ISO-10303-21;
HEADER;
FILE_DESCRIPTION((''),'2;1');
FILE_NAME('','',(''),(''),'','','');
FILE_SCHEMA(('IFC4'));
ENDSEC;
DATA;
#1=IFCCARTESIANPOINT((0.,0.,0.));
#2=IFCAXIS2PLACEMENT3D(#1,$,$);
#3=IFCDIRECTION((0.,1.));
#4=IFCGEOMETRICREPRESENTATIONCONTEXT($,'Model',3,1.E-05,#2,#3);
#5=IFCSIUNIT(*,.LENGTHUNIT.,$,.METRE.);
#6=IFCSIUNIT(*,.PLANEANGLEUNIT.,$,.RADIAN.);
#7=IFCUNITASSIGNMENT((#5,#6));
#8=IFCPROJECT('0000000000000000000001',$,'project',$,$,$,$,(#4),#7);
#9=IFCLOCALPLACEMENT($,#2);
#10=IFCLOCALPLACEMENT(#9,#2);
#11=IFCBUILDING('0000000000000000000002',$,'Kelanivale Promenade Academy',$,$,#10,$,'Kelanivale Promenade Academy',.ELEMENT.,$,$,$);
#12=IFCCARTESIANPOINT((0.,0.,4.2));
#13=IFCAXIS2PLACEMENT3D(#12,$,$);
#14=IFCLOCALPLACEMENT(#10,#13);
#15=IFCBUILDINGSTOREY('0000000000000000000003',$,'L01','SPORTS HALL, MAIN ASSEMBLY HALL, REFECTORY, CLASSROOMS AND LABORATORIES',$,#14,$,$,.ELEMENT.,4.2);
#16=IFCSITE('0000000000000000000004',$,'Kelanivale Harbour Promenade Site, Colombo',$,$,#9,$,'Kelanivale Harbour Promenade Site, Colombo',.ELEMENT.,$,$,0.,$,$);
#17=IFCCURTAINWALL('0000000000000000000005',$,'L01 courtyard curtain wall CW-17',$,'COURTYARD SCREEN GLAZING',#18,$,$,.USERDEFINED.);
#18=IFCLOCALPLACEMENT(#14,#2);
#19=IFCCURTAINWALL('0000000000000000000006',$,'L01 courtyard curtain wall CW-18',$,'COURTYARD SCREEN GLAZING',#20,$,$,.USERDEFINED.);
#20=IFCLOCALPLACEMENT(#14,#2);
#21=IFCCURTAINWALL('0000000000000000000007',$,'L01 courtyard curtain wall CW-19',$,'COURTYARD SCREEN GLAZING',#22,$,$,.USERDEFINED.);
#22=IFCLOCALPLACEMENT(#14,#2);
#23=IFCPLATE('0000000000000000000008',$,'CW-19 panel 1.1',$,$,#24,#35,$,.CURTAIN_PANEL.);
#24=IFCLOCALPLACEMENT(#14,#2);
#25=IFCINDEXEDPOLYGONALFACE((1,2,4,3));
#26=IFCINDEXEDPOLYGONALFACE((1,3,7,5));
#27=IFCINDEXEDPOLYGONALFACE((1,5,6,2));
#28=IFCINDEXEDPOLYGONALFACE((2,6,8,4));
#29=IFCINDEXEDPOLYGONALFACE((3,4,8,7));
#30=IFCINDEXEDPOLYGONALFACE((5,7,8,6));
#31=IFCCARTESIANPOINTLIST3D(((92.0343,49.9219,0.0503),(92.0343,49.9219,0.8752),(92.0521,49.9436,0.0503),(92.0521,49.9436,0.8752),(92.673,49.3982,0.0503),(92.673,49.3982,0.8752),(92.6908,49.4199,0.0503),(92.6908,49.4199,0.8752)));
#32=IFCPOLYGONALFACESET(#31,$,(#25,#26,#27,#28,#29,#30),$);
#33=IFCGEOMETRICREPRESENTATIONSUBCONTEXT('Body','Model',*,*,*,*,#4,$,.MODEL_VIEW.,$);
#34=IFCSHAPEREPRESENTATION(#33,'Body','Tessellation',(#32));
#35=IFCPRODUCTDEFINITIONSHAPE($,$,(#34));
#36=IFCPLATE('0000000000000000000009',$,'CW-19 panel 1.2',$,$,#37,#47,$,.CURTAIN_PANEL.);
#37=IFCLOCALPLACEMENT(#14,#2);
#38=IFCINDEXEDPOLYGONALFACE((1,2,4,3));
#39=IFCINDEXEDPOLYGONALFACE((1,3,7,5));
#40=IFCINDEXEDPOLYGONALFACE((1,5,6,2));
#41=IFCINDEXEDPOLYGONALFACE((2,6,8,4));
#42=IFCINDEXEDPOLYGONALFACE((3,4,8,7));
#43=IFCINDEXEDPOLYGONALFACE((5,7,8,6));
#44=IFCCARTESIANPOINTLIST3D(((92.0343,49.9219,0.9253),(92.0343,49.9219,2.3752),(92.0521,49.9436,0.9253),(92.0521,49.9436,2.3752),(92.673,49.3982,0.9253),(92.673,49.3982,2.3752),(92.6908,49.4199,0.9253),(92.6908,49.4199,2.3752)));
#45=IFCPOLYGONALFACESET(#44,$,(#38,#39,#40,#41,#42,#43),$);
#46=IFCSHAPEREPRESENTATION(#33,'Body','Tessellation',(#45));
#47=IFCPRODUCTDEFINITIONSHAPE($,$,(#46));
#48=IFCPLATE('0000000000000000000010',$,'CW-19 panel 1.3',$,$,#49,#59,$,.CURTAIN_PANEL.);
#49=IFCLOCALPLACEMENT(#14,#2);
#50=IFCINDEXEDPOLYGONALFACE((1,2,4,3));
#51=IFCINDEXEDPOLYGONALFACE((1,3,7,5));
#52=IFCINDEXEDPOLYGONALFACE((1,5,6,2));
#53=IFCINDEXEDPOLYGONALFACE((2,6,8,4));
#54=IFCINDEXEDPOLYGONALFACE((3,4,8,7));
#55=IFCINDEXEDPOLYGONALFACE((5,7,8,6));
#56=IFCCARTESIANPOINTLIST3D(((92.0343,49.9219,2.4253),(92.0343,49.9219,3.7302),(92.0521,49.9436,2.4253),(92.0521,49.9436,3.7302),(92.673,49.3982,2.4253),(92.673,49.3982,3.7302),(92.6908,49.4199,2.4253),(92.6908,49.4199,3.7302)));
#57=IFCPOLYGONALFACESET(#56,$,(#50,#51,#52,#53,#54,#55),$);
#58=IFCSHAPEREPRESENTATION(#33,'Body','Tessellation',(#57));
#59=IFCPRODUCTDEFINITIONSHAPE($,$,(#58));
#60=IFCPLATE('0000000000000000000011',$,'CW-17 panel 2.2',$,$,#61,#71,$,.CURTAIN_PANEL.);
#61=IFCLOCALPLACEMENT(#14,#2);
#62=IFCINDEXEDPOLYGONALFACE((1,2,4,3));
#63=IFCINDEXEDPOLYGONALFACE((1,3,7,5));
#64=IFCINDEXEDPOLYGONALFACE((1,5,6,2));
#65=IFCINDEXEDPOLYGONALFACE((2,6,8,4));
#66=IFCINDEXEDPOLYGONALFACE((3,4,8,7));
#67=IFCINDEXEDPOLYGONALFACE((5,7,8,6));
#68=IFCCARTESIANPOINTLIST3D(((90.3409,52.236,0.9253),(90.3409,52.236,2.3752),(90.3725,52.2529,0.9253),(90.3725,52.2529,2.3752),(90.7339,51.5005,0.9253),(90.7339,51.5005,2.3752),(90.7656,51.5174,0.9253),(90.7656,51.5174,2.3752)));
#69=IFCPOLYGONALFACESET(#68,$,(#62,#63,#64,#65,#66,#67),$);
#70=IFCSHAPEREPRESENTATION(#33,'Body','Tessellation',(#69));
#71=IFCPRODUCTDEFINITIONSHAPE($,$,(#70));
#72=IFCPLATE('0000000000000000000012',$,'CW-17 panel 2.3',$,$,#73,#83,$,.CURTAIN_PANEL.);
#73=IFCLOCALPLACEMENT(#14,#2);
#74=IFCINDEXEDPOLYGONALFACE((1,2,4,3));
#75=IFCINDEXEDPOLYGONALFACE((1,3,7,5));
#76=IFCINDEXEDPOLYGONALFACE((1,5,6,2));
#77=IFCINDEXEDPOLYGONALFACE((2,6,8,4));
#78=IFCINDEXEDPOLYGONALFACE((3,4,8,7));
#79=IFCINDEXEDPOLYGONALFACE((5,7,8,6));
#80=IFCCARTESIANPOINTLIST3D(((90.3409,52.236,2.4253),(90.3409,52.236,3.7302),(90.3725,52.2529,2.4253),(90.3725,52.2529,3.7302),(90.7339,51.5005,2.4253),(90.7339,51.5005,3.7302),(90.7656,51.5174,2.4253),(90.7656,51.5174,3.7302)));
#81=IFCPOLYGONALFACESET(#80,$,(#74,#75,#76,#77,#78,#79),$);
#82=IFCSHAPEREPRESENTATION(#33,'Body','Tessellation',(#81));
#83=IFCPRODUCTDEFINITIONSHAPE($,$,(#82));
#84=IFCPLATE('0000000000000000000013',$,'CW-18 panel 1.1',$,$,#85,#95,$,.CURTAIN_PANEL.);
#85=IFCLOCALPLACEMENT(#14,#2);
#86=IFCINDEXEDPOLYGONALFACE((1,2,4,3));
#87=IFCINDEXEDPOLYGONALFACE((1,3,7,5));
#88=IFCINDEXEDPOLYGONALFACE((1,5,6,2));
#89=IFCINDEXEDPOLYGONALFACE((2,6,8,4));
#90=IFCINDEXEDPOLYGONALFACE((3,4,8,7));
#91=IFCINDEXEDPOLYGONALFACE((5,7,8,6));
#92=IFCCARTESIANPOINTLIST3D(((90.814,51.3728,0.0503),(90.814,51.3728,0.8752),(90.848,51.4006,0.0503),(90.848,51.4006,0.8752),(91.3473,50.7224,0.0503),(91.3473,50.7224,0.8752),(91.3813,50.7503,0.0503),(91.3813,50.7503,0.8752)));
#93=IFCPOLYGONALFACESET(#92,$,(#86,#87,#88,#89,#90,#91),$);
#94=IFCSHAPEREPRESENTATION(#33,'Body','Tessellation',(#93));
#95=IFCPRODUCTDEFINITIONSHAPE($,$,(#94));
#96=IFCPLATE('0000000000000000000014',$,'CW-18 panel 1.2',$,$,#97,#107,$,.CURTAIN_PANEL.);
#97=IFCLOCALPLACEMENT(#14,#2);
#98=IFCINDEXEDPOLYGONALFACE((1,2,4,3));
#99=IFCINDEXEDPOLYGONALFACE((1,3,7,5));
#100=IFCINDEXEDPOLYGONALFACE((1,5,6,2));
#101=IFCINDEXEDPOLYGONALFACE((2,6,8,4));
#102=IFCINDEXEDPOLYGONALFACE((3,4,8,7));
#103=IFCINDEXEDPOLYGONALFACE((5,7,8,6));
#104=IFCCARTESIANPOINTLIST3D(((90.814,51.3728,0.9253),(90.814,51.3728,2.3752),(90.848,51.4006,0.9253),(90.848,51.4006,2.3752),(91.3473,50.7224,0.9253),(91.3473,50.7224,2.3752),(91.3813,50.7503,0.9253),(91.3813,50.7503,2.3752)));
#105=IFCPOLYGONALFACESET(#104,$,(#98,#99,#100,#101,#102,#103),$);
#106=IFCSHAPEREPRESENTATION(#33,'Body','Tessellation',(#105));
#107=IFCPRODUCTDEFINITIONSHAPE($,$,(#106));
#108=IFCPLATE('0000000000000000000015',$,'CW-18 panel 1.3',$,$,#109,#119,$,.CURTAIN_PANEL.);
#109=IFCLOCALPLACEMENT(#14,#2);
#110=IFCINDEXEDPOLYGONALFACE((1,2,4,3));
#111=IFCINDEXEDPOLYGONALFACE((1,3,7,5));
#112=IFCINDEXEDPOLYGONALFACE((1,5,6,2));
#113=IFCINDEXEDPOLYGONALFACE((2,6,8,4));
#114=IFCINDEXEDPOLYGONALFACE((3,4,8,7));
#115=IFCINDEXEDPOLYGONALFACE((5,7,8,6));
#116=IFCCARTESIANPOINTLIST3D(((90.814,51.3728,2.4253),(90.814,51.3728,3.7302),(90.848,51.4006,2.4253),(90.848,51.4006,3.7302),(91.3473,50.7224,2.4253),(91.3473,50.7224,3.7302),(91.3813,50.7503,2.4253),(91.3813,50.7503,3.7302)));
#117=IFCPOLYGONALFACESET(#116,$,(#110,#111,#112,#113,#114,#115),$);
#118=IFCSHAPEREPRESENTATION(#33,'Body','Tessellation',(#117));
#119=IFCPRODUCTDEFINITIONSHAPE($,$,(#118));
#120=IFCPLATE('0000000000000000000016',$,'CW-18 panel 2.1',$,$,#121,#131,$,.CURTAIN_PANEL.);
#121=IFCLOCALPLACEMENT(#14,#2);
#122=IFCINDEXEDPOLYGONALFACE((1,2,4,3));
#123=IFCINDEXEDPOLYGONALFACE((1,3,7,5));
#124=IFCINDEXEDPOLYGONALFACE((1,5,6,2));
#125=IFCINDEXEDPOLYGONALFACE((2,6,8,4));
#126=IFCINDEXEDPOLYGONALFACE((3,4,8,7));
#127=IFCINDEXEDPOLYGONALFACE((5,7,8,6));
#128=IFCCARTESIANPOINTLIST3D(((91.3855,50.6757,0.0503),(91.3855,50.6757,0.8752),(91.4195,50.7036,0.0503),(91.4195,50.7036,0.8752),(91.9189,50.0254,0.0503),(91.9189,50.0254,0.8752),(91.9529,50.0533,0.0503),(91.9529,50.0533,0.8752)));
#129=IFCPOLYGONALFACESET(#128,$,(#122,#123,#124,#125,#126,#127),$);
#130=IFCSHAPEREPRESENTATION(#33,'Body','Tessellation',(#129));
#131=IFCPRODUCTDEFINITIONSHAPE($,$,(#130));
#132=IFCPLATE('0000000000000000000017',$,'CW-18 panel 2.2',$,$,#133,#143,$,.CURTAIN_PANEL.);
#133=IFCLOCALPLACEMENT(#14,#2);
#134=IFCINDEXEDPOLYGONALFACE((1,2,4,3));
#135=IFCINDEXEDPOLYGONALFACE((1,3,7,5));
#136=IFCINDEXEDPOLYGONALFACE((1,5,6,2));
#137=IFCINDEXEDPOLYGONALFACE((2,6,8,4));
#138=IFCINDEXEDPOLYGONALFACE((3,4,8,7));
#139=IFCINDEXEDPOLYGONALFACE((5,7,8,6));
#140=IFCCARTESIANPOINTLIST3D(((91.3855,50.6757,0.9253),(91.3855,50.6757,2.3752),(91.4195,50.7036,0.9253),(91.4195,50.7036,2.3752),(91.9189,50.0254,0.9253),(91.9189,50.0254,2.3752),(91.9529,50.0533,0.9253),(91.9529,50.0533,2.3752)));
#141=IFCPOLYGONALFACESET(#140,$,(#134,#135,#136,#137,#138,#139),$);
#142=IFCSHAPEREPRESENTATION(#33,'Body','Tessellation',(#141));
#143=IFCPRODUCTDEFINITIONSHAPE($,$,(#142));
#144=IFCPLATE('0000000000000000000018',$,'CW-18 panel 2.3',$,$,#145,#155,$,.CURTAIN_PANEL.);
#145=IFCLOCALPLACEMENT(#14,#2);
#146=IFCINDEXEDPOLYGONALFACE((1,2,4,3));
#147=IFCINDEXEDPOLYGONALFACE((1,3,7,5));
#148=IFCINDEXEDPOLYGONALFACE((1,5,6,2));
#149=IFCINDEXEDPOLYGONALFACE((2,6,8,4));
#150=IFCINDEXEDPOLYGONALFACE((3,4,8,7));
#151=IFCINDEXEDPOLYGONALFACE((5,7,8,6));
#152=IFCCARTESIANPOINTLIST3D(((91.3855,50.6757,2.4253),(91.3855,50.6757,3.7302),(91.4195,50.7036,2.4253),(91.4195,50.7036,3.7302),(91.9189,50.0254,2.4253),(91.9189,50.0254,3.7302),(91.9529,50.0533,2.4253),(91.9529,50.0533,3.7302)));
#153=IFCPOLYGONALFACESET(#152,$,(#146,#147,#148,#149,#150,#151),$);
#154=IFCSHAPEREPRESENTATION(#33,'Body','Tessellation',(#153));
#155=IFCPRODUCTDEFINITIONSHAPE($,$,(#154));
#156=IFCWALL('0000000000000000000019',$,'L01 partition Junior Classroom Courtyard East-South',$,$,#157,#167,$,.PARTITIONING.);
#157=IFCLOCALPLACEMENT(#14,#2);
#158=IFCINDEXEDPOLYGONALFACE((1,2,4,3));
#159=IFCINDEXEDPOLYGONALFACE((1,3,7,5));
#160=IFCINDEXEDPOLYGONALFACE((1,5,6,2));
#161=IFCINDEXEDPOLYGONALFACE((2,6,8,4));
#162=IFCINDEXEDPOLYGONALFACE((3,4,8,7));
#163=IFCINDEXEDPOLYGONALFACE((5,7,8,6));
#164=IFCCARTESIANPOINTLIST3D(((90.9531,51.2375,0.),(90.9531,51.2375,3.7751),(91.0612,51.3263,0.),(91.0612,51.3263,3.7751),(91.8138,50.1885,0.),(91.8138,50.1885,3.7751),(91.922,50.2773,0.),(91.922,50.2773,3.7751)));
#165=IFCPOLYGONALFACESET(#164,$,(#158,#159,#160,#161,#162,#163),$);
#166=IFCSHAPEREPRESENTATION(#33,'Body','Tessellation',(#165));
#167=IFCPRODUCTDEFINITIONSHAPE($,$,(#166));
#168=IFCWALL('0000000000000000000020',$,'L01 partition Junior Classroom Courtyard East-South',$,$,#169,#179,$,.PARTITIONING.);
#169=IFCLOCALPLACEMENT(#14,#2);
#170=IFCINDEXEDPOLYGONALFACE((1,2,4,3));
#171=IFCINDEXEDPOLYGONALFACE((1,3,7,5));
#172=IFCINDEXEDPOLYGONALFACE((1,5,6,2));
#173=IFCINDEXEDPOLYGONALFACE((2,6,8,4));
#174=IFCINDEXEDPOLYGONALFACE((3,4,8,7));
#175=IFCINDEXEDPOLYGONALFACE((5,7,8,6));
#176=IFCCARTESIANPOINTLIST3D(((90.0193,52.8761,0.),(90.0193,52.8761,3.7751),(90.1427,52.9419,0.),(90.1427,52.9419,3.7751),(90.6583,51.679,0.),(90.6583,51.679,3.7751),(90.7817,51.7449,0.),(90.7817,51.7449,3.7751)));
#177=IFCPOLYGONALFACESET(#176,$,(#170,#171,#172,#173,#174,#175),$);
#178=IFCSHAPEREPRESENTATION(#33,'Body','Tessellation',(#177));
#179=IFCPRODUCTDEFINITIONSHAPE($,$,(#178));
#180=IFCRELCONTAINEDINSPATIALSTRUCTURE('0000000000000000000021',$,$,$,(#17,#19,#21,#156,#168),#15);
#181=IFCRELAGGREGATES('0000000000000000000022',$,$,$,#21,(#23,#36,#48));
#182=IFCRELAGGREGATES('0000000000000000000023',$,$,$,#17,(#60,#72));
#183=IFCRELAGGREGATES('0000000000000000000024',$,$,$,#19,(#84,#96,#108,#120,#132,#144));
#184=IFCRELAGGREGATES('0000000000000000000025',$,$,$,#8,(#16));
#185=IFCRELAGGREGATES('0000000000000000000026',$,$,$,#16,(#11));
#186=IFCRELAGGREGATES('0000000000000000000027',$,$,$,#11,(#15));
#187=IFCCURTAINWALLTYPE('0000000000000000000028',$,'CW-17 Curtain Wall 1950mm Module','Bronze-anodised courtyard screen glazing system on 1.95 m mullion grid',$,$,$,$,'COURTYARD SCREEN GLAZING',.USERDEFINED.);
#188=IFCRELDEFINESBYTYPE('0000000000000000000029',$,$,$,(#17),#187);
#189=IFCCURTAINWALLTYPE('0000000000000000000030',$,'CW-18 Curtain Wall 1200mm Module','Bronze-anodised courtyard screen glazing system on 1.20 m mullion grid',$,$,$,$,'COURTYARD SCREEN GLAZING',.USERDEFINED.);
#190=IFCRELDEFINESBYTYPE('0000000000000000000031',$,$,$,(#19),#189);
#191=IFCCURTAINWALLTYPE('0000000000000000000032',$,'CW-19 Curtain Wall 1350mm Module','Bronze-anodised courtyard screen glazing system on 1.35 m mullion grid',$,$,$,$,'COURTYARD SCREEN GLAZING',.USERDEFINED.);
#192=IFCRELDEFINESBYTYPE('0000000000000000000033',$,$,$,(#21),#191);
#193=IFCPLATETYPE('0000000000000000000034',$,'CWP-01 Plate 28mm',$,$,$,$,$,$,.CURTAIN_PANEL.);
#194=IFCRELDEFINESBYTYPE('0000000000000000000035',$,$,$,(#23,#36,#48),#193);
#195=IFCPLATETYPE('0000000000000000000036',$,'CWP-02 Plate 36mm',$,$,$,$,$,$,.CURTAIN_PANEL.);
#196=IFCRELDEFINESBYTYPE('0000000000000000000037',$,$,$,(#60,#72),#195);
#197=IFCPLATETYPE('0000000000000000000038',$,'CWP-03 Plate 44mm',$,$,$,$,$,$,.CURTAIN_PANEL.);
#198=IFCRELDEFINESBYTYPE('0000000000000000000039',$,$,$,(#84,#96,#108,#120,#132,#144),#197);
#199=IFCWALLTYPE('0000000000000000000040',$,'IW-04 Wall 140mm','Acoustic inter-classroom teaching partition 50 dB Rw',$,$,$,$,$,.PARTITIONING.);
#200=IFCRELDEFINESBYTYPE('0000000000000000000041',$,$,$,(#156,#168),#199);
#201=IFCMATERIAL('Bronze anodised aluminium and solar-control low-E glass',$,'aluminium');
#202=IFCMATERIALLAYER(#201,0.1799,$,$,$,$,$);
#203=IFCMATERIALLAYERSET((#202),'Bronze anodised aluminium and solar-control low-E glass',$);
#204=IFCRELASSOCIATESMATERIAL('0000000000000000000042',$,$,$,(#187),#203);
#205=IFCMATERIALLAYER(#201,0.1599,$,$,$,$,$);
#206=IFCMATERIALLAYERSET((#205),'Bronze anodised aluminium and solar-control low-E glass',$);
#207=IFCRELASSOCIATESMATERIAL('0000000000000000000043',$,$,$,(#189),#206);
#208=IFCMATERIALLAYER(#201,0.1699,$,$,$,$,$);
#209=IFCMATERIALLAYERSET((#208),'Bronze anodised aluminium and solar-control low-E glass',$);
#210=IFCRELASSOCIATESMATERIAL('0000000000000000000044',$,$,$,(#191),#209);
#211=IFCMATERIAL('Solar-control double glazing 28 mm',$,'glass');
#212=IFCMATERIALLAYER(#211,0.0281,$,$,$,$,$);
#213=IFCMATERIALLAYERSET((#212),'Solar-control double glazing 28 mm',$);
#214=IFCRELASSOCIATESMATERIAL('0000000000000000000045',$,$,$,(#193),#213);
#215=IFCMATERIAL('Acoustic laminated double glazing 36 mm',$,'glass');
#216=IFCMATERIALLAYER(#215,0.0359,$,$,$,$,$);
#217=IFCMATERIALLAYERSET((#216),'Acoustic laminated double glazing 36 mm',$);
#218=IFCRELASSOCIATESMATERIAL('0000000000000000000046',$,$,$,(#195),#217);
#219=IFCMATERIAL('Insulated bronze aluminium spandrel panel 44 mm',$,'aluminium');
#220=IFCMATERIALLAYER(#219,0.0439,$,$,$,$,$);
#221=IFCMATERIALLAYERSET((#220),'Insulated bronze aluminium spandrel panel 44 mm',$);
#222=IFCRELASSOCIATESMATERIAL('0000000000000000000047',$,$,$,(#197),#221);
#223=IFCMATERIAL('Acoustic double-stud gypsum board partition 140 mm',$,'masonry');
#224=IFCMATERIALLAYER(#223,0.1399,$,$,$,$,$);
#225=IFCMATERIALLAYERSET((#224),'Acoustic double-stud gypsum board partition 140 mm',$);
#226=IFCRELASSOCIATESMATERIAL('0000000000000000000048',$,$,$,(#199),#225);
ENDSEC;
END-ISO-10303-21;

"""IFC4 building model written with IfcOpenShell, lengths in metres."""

from ifc_helpers import new_model, si_unit, direction, frame, frame_2d, origin, origin_2d, place, context, subcontext, project, spatial, rectangle, extrude, material, layer, layer_set, type_object, element, aggregate, save


model = new_model("IFC4")

# Units and contexts
model_context = context("Model", 3, precision=1e-05, world=origin(), true_north=direction((0.0, 1.0)))
body_context = subcontext(model_context, "Body", "Model", "MODEL_VIEW")
ifc_project = project(units=[si_unit("LENGTHUNIT", "METRE"), si_unit("PLANEANGLEUNIT", "RADIAN")], contexts=[model_context])

# Site, building, storey
site_placement = place(None, origin())
site = spatial("IfcSite", under=ifc_project, at=site_placement, Name="Kelanivale Harbour Promenade Site, Colombo", LongName="Kelanivale Harbour Promenade Site, Colombo", CompositionType="ELEMENT", RefElevation=0.0)
building_placement = place(site_placement, origin())
building = spatial("IfcBuilding", under=site, at=building_placement, Name="Kelanivale Promenade Academy", LongName="Kelanivale Promenade Academy", CompositionType="ELEMENT")
storey_placement = place(building_placement, frame((0.0, 0.0, 4.2)))
storey = spatial("IfcBuildingStorey", under=building, at=storey_placement, Name="L01", Description="SPORTS HALL, MAIN ASSEMBLY HALL, REFECTORY, CLASSROOMS AND LABORATORIES", CompositionType="ELEMENT", Elevation=4.2)

# Curtain wall
ifc_material_1 = material(Name="Bronze anodised aluminium and solar-control low-E glass", Category="aluminium")
ifc_layer_1 = layer(ifc_material_1, 0.1799)
ifc_layer_set_1 = layer_set([ifc_layer_1], Name="Bronze anodised aluminium and solar-control low-E glass")
curtain_wall_type_1 = type_object("IfcCurtainWallType", Name="CW-17 Curtain Wall 1950mm Module", Description="Bronze-anodised courtyard screen glazing system on 1.95 m mullion grid", ElementType="COURTYARD SCREEN GLAZING", PredefinedType="USERDEFINED", material=ifc_layer_set_1)
curtain_wall_1_placement = place(storey_placement, origin())
curtain_wall_1 = element("IfcCurtainWall", 1, at=curtain_wall_1_placement, inside=storey, type_object=curtain_wall_type_1, Name="L01 courtyard curtain wall CW-17", ObjectType="COURTYARD SCREEN GLAZING", PredefinedType="USERDEFINED")

# Curtain walls
ifc_layer_2 = layer(ifc_material_1, 0.1599)
ifc_layer_set_2 = layer_set([ifc_layer_2], Name="Bronze anodised aluminium and solar-control low-E glass")
curtain_wall_type_2 = type_object("IfcCurtainWallType", Name="CW-18 Curtain Wall 1200mm Module", Description="Bronze-anodised courtyard screen glazing system on 1.20 m mullion grid", ElementType="COURTYARD SCREEN GLAZING", PredefinedType="USERDEFINED", material=ifc_layer_set_2)
curtain_wall_2_placement = place(storey_placement, origin())
curtain_wall_2 = element("IfcCurtainWall", 2, at=curtain_wall_2_placement, inside=storey, type_object=curtain_wall_type_2, Name="L01 courtyard curtain wall CW-18", ObjectType="COURTYARD SCREEN GLAZING", PredefinedType="USERDEFINED")
ifc_layer_3 = layer(ifc_material_1, 0.1699)
ifc_layer_set_3 = layer_set([ifc_layer_3], Name="Bronze anodised aluminium and solar-control low-E glass")
curtain_wall_type_3 = type_object("IfcCurtainWallType", Name="CW-19 Curtain Wall 1350mm Module", Description="Bronze-anodised courtyard screen glazing system on 1.35 m mullion grid", ElementType="COURTYARD SCREEN GLAZING", PredefinedType="USERDEFINED", material=ifc_layer_set_3)
curtain_wall_3_placement = place(storey_placement, origin())
curtain_wall_3 = element("IfcCurtainWall", 3, at=curtain_wall_3_placement, inside=storey, type_object=curtain_wall_type_3, Name="L01 courtyard curtain wall CW-19", ObjectType="COURTYARD SCREEN GLAZING", PredefinedType="USERDEFINED")

# Plates
ifc_material_2 = material(Name="Solar-control double glazing 28 mm", Category="glass")
ifc_layer_4 = layer(ifc_material_2, 0.0281)
ifc_layer_set_4 = layer_set([ifc_layer_4], Name="Solar-control double glazing 28 mm")
plate_type_1 = type_object("IfcPlateType", Name="CWP-01 Plate 28mm", PredefinedType="CURTAIN_PANEL", material=ifc_layer_set_4)
plate_1_placement = place(storey_placement, frame((92.3625, 49.6709, 0.0503), z_axis=(0.0, 0.0, 1.0), x_axis=(0.773257, -0.634093, 0.0)))
plate_1 = element("IfcPlate", 4, at=plate_1_placement, type_object=plate_type_1, Name="CW-19 panel 1.1", PredefinedType="CURTAIN_PANEL", context=body_context, shape_type="SweptSolid", body=[
    extrude(rectangle(XDim=0.8259, YDim=0.0281, at=origin_2d()), origin(), (0.0, 0.0, 1.0), 0.825),
])
plate_2_placement = place(storey_placement, frame((92.3625, 49.6709, 0.9253), z_axis=(0.0, 0.0, 1.0), x_axis=(0.773257, -0.634093, 0.0)))
plate_2 = element("IfcPlate", 5, at=plate_2_placement, type_object=plate_type_1, Name="CW-19 panel 1.2", PredefinedType="CURTAIN_PANEL", context=body_context, shape_type="SweptSolid", body=[
    extrude(rectangle(XDim=0.8259, YDim=0.0281, at=origin_2d()), origin(), (0.0, 0.0, 1.0), 1.45),
])
plate_3_placement = place(storey_placement, frame((92.3625, 49.6709, 2.4253), z_axis=(0.0, 0.0, 1.0), x_axis=(0.773257, -0.634093, 0.0)))
plate_3 = element("IfcPlate", 6, at=plate_3_placement, type_object=plate_type_1, Name="CW-19 panel 1.3", PredefinedType="CURTAIN_PANEL", context=body_context, shape_type="SweptSolid", body=[
    extrude(rectangle(XDim=0.8259, YDim=0.0281, at=origin_2d()), origin(), (0.0, 0.0, 1.0), 1.3049),
])
aggregate(curtain_wall_3, [plate_1, plate_2, plate_3])
ifc_material_3 = material(Name="Acoustic laminated double glazing 36 mm", Category="glass")
ifc_layer_5 = layer(ifc_material_3, 0.0359)
ifc_layer_set_5 = layer_set([ifc_layer_5], Name="Acoustic laminated double glazing 36 mm")
plate_type_2 = type_object("IfcPlateType", Name="CWP-02 Plate 36mm", PredefinedType="CURTAIN_PANEL", material=ifc_layer_set_5)
plate_4_placement = place(storey_placement, frame((90.5532, 51.8767, 0.9253), z_axis=(0.0, 0.0, 1.0), x_axis=(0.47129, -0.881978, 0.0)))
plate_4 = element("IfcPlate", 7, at=plate_4_placement, type_object=plate_type_2, Name="CW-17 panel 2.2", PredefinedType="CURTAIN_PANEL", context=body_context, shape_type="SweptSolid", body=[
    extrude(rectangle(XDim=0.834, YDim=0.0359, at=origin_2d()), origin(), (0.0, 0.0, 1.0), 1.45),
])
plate_5_placement = place(storey_placement, frame((90.5532, 51.8767, 2.4253), z_axis=(0.0, 0.0, 1.0), x_axis=(0.47129, -0.881978, 0.0)))
plate_5 = element("IfcPlate", 8, at=plate_5_placement, type_object=plate_type_2, Name="CW-17 panel 2.3", PredefinedType="CURTAIN_PANEL", context=body_context, shape_type="SweptSolid", body=[
    extrude(rectangle(XDim=0.834, YDim=0.0359, at=origin_2d()), origin(), (0.0, 0.0, 1.0), 1.3049),
])
aggregate(curtain_wall_1, [plate_4, plate_5])
ifc_material_4 = material(Name="Insulated bronze aluminium spandrel panel 44 mm", Category="aluminium")
ifc_layer_6 = layer(ifc_material_4, 0.0439)
ifc_layer_set_6 = layer_set([ifc_layer_6], Name="Insulated bronze aluminium spandrel panel 44 mm")
plate_type_3 = type_object("IfcPlateType", Name="CWP-03 Plate 44mm", PredefinedType="CURTAIN_PANEL", material=ifc_layer_set_6)
plate_6_placement = place(storey_placement, frame((91.0977, 51.0615, 0.0503), z_axis=(0.0, 0.0, 1.0), x_axis=(0.634144, -0.773215, 0.0)))
plate_6 = element("IfcPlate", 9, at=plate_6_placement, type_object=plate_type_3, Name="CW-18 panel 1.1", PredefinedType="CURTAIN_PANEL", context=body_context, shape_type="SweptSolid", body=[
    extrude(rectangle(XDim=0.8411, YDim=0.0439, at=origin_2d()), origin(), (0.0, 0.0, 1.0), 0.825),
])
plate_7_placement = place(storey_placement, frame((91.0977, 51.0615, 0.9253), z_axis=(0.0, 0.0, 1.0), x_axis=(0.634144, -0.773215, 0.0)))
plate_7 = element("IfcPlate", 10, at=plate_7_placement, type_object=plate_type_3, Name="CW-18 panel 1.2", PredefinedType="CURTAIN_PANEL", context=body_context, shape_type="SweptSolid", body=[
    extrude(rectangle(XDim=0.8411, YDim=0.0439, at=origin_2d()), origin(), (0.0, 0.0, 1.0), 1.45),
])
plate_8_placement = place(storey_placement, frame((91.0977, 51.0615, 2.4253), z_axis=(0.0, 0.0, 1.0), x_axis=(0.634144, -0.773215, 0.0)))
plate_8 = element("IfcPlate", 11, at=plate_8_placement, type_object=plate_type_3, Name="CW-18 panel 1.3", PredefinedType="CURTAIN_PANEL", context=body_context, shape_type="SweptSolid", body=[
    extrude(rectangle(XDim=0.8411, YDim=0.0439, at=origin_2d()), origin(), (0.0, 0.0, 1.0), 1.3049),
])
plate_9_placement = place(storey_placement, frame((91.6692, 50.3645, 0.0503), z_axis=(0.0, 0.0, 1.0), x_axis=(0.634144, -0.773215, 0.0)))
plate_9 = element("IfcPlate", 12, at=plate_9_placement, type_object=plate_type_3, Name="CW-18 panel 2.1", PredefinedType="CURTAIN_PANEL", context=body_context, shape_type="SweptSolid", body=[
    extrude(rectangle(XDim=0.8411, YDim=0.0439, at=origin_2d()), origin(), (0.0, 0.0, 1.0), 0.825),
])
plate_10_placement = place(storey_placement, frame((91.6692, 50.3645, 0.9253), z_axis=(0.0, 0.0, 1.0), x_axis=(0.634144, -0.773215, 0.0)))
plate_10 = element("IfcPlate", 13, at=plate_10_placement, type_object=plate_type_3, Name="CW-18 panel 2.2", PredefinedType="CURTAIN_PANEL", context=body_context, shape_type="SweptSolid", body=[
    extrude(rectangle(XDim=0.8411, YDim=0.0439, at=origin_2d()), origin(), (0.0, 0.0, 1.0), 1.45),
])
plate_11_placement = place(storey_placement, frame((91.6692, 50.3645, 2.4253), z_axis=(0.0, 0.0, 1.0), x_axis=(0.634144, -0.773215, 0.0)))
plate_11 = element("IfcPlate", 14, at=plate_11_placement, type_object=plate_type_3, Name="CW-18 panel 2.3", PredefinedType="CURTAIN_PANEL", context=body_context, shape_type="SweptSolid", body=[
    extrude(rectangle(XDim=0.8411, YDim=0.0439, at=origin_2d()), origin(), (0.0, 0.0, 1.0), 1.3049),
])
aggregate(curtain_wall_2, [plate_6, plate_7, plate_8, plate_9, plate_10, plate_11])

# Walls
ifc_material_5 = material(Name="Acoustic double-stud gypsum board partition 140 mm", Category="masonry")
ifc_layer_7 = layer(ifc_material_5, 0.1399)
ifc_layer_set_7 = layer_set([ifc_layer_7], Name="Acoustic double-stud gypsum board partition 140 mm")
wall_type = type_object("IfcWallType", Name="IW-04 Wall 140mm", Description="Acoustic inter-classroom teaching partition 50 dB Rw", PredefinedType="PARTITIONING", material=ifc_layer_set_7)
for number, where, z_axis, x_axis, name in (
    (15, (91.8679, 50.2329, 0.0), (0.0, 0.0, 1.0), (-0.634344, 0.773051, 0.0), "L01 partition Junior Classroom Courtyard East-South"),
    (16, (90.72, 51.7119, 0.0), (0.0, 0.0, 1.0), (-0.470878, 0.882198, 0.0), "L01 partition Junior Classroom Courtyard East-South"),
):
    element("IfcWall", number, at=place(storey_placement, frame(where, z_axis=z_axis, x_axis=x_axis)), inside=storey, type_object=wall_type, Name=name, PredefinedType="PARTITIONING", context=body_context, shape_type="SweptSolid", body=[
        extrude(rectangle(XDim=1.3569, YDim=0.1399, at=frame_2d((0.6785, 0.0))), origin(), (0.0, 0.0, 1.0), 3.7751),
    ])

save(model, "model.ifc")
